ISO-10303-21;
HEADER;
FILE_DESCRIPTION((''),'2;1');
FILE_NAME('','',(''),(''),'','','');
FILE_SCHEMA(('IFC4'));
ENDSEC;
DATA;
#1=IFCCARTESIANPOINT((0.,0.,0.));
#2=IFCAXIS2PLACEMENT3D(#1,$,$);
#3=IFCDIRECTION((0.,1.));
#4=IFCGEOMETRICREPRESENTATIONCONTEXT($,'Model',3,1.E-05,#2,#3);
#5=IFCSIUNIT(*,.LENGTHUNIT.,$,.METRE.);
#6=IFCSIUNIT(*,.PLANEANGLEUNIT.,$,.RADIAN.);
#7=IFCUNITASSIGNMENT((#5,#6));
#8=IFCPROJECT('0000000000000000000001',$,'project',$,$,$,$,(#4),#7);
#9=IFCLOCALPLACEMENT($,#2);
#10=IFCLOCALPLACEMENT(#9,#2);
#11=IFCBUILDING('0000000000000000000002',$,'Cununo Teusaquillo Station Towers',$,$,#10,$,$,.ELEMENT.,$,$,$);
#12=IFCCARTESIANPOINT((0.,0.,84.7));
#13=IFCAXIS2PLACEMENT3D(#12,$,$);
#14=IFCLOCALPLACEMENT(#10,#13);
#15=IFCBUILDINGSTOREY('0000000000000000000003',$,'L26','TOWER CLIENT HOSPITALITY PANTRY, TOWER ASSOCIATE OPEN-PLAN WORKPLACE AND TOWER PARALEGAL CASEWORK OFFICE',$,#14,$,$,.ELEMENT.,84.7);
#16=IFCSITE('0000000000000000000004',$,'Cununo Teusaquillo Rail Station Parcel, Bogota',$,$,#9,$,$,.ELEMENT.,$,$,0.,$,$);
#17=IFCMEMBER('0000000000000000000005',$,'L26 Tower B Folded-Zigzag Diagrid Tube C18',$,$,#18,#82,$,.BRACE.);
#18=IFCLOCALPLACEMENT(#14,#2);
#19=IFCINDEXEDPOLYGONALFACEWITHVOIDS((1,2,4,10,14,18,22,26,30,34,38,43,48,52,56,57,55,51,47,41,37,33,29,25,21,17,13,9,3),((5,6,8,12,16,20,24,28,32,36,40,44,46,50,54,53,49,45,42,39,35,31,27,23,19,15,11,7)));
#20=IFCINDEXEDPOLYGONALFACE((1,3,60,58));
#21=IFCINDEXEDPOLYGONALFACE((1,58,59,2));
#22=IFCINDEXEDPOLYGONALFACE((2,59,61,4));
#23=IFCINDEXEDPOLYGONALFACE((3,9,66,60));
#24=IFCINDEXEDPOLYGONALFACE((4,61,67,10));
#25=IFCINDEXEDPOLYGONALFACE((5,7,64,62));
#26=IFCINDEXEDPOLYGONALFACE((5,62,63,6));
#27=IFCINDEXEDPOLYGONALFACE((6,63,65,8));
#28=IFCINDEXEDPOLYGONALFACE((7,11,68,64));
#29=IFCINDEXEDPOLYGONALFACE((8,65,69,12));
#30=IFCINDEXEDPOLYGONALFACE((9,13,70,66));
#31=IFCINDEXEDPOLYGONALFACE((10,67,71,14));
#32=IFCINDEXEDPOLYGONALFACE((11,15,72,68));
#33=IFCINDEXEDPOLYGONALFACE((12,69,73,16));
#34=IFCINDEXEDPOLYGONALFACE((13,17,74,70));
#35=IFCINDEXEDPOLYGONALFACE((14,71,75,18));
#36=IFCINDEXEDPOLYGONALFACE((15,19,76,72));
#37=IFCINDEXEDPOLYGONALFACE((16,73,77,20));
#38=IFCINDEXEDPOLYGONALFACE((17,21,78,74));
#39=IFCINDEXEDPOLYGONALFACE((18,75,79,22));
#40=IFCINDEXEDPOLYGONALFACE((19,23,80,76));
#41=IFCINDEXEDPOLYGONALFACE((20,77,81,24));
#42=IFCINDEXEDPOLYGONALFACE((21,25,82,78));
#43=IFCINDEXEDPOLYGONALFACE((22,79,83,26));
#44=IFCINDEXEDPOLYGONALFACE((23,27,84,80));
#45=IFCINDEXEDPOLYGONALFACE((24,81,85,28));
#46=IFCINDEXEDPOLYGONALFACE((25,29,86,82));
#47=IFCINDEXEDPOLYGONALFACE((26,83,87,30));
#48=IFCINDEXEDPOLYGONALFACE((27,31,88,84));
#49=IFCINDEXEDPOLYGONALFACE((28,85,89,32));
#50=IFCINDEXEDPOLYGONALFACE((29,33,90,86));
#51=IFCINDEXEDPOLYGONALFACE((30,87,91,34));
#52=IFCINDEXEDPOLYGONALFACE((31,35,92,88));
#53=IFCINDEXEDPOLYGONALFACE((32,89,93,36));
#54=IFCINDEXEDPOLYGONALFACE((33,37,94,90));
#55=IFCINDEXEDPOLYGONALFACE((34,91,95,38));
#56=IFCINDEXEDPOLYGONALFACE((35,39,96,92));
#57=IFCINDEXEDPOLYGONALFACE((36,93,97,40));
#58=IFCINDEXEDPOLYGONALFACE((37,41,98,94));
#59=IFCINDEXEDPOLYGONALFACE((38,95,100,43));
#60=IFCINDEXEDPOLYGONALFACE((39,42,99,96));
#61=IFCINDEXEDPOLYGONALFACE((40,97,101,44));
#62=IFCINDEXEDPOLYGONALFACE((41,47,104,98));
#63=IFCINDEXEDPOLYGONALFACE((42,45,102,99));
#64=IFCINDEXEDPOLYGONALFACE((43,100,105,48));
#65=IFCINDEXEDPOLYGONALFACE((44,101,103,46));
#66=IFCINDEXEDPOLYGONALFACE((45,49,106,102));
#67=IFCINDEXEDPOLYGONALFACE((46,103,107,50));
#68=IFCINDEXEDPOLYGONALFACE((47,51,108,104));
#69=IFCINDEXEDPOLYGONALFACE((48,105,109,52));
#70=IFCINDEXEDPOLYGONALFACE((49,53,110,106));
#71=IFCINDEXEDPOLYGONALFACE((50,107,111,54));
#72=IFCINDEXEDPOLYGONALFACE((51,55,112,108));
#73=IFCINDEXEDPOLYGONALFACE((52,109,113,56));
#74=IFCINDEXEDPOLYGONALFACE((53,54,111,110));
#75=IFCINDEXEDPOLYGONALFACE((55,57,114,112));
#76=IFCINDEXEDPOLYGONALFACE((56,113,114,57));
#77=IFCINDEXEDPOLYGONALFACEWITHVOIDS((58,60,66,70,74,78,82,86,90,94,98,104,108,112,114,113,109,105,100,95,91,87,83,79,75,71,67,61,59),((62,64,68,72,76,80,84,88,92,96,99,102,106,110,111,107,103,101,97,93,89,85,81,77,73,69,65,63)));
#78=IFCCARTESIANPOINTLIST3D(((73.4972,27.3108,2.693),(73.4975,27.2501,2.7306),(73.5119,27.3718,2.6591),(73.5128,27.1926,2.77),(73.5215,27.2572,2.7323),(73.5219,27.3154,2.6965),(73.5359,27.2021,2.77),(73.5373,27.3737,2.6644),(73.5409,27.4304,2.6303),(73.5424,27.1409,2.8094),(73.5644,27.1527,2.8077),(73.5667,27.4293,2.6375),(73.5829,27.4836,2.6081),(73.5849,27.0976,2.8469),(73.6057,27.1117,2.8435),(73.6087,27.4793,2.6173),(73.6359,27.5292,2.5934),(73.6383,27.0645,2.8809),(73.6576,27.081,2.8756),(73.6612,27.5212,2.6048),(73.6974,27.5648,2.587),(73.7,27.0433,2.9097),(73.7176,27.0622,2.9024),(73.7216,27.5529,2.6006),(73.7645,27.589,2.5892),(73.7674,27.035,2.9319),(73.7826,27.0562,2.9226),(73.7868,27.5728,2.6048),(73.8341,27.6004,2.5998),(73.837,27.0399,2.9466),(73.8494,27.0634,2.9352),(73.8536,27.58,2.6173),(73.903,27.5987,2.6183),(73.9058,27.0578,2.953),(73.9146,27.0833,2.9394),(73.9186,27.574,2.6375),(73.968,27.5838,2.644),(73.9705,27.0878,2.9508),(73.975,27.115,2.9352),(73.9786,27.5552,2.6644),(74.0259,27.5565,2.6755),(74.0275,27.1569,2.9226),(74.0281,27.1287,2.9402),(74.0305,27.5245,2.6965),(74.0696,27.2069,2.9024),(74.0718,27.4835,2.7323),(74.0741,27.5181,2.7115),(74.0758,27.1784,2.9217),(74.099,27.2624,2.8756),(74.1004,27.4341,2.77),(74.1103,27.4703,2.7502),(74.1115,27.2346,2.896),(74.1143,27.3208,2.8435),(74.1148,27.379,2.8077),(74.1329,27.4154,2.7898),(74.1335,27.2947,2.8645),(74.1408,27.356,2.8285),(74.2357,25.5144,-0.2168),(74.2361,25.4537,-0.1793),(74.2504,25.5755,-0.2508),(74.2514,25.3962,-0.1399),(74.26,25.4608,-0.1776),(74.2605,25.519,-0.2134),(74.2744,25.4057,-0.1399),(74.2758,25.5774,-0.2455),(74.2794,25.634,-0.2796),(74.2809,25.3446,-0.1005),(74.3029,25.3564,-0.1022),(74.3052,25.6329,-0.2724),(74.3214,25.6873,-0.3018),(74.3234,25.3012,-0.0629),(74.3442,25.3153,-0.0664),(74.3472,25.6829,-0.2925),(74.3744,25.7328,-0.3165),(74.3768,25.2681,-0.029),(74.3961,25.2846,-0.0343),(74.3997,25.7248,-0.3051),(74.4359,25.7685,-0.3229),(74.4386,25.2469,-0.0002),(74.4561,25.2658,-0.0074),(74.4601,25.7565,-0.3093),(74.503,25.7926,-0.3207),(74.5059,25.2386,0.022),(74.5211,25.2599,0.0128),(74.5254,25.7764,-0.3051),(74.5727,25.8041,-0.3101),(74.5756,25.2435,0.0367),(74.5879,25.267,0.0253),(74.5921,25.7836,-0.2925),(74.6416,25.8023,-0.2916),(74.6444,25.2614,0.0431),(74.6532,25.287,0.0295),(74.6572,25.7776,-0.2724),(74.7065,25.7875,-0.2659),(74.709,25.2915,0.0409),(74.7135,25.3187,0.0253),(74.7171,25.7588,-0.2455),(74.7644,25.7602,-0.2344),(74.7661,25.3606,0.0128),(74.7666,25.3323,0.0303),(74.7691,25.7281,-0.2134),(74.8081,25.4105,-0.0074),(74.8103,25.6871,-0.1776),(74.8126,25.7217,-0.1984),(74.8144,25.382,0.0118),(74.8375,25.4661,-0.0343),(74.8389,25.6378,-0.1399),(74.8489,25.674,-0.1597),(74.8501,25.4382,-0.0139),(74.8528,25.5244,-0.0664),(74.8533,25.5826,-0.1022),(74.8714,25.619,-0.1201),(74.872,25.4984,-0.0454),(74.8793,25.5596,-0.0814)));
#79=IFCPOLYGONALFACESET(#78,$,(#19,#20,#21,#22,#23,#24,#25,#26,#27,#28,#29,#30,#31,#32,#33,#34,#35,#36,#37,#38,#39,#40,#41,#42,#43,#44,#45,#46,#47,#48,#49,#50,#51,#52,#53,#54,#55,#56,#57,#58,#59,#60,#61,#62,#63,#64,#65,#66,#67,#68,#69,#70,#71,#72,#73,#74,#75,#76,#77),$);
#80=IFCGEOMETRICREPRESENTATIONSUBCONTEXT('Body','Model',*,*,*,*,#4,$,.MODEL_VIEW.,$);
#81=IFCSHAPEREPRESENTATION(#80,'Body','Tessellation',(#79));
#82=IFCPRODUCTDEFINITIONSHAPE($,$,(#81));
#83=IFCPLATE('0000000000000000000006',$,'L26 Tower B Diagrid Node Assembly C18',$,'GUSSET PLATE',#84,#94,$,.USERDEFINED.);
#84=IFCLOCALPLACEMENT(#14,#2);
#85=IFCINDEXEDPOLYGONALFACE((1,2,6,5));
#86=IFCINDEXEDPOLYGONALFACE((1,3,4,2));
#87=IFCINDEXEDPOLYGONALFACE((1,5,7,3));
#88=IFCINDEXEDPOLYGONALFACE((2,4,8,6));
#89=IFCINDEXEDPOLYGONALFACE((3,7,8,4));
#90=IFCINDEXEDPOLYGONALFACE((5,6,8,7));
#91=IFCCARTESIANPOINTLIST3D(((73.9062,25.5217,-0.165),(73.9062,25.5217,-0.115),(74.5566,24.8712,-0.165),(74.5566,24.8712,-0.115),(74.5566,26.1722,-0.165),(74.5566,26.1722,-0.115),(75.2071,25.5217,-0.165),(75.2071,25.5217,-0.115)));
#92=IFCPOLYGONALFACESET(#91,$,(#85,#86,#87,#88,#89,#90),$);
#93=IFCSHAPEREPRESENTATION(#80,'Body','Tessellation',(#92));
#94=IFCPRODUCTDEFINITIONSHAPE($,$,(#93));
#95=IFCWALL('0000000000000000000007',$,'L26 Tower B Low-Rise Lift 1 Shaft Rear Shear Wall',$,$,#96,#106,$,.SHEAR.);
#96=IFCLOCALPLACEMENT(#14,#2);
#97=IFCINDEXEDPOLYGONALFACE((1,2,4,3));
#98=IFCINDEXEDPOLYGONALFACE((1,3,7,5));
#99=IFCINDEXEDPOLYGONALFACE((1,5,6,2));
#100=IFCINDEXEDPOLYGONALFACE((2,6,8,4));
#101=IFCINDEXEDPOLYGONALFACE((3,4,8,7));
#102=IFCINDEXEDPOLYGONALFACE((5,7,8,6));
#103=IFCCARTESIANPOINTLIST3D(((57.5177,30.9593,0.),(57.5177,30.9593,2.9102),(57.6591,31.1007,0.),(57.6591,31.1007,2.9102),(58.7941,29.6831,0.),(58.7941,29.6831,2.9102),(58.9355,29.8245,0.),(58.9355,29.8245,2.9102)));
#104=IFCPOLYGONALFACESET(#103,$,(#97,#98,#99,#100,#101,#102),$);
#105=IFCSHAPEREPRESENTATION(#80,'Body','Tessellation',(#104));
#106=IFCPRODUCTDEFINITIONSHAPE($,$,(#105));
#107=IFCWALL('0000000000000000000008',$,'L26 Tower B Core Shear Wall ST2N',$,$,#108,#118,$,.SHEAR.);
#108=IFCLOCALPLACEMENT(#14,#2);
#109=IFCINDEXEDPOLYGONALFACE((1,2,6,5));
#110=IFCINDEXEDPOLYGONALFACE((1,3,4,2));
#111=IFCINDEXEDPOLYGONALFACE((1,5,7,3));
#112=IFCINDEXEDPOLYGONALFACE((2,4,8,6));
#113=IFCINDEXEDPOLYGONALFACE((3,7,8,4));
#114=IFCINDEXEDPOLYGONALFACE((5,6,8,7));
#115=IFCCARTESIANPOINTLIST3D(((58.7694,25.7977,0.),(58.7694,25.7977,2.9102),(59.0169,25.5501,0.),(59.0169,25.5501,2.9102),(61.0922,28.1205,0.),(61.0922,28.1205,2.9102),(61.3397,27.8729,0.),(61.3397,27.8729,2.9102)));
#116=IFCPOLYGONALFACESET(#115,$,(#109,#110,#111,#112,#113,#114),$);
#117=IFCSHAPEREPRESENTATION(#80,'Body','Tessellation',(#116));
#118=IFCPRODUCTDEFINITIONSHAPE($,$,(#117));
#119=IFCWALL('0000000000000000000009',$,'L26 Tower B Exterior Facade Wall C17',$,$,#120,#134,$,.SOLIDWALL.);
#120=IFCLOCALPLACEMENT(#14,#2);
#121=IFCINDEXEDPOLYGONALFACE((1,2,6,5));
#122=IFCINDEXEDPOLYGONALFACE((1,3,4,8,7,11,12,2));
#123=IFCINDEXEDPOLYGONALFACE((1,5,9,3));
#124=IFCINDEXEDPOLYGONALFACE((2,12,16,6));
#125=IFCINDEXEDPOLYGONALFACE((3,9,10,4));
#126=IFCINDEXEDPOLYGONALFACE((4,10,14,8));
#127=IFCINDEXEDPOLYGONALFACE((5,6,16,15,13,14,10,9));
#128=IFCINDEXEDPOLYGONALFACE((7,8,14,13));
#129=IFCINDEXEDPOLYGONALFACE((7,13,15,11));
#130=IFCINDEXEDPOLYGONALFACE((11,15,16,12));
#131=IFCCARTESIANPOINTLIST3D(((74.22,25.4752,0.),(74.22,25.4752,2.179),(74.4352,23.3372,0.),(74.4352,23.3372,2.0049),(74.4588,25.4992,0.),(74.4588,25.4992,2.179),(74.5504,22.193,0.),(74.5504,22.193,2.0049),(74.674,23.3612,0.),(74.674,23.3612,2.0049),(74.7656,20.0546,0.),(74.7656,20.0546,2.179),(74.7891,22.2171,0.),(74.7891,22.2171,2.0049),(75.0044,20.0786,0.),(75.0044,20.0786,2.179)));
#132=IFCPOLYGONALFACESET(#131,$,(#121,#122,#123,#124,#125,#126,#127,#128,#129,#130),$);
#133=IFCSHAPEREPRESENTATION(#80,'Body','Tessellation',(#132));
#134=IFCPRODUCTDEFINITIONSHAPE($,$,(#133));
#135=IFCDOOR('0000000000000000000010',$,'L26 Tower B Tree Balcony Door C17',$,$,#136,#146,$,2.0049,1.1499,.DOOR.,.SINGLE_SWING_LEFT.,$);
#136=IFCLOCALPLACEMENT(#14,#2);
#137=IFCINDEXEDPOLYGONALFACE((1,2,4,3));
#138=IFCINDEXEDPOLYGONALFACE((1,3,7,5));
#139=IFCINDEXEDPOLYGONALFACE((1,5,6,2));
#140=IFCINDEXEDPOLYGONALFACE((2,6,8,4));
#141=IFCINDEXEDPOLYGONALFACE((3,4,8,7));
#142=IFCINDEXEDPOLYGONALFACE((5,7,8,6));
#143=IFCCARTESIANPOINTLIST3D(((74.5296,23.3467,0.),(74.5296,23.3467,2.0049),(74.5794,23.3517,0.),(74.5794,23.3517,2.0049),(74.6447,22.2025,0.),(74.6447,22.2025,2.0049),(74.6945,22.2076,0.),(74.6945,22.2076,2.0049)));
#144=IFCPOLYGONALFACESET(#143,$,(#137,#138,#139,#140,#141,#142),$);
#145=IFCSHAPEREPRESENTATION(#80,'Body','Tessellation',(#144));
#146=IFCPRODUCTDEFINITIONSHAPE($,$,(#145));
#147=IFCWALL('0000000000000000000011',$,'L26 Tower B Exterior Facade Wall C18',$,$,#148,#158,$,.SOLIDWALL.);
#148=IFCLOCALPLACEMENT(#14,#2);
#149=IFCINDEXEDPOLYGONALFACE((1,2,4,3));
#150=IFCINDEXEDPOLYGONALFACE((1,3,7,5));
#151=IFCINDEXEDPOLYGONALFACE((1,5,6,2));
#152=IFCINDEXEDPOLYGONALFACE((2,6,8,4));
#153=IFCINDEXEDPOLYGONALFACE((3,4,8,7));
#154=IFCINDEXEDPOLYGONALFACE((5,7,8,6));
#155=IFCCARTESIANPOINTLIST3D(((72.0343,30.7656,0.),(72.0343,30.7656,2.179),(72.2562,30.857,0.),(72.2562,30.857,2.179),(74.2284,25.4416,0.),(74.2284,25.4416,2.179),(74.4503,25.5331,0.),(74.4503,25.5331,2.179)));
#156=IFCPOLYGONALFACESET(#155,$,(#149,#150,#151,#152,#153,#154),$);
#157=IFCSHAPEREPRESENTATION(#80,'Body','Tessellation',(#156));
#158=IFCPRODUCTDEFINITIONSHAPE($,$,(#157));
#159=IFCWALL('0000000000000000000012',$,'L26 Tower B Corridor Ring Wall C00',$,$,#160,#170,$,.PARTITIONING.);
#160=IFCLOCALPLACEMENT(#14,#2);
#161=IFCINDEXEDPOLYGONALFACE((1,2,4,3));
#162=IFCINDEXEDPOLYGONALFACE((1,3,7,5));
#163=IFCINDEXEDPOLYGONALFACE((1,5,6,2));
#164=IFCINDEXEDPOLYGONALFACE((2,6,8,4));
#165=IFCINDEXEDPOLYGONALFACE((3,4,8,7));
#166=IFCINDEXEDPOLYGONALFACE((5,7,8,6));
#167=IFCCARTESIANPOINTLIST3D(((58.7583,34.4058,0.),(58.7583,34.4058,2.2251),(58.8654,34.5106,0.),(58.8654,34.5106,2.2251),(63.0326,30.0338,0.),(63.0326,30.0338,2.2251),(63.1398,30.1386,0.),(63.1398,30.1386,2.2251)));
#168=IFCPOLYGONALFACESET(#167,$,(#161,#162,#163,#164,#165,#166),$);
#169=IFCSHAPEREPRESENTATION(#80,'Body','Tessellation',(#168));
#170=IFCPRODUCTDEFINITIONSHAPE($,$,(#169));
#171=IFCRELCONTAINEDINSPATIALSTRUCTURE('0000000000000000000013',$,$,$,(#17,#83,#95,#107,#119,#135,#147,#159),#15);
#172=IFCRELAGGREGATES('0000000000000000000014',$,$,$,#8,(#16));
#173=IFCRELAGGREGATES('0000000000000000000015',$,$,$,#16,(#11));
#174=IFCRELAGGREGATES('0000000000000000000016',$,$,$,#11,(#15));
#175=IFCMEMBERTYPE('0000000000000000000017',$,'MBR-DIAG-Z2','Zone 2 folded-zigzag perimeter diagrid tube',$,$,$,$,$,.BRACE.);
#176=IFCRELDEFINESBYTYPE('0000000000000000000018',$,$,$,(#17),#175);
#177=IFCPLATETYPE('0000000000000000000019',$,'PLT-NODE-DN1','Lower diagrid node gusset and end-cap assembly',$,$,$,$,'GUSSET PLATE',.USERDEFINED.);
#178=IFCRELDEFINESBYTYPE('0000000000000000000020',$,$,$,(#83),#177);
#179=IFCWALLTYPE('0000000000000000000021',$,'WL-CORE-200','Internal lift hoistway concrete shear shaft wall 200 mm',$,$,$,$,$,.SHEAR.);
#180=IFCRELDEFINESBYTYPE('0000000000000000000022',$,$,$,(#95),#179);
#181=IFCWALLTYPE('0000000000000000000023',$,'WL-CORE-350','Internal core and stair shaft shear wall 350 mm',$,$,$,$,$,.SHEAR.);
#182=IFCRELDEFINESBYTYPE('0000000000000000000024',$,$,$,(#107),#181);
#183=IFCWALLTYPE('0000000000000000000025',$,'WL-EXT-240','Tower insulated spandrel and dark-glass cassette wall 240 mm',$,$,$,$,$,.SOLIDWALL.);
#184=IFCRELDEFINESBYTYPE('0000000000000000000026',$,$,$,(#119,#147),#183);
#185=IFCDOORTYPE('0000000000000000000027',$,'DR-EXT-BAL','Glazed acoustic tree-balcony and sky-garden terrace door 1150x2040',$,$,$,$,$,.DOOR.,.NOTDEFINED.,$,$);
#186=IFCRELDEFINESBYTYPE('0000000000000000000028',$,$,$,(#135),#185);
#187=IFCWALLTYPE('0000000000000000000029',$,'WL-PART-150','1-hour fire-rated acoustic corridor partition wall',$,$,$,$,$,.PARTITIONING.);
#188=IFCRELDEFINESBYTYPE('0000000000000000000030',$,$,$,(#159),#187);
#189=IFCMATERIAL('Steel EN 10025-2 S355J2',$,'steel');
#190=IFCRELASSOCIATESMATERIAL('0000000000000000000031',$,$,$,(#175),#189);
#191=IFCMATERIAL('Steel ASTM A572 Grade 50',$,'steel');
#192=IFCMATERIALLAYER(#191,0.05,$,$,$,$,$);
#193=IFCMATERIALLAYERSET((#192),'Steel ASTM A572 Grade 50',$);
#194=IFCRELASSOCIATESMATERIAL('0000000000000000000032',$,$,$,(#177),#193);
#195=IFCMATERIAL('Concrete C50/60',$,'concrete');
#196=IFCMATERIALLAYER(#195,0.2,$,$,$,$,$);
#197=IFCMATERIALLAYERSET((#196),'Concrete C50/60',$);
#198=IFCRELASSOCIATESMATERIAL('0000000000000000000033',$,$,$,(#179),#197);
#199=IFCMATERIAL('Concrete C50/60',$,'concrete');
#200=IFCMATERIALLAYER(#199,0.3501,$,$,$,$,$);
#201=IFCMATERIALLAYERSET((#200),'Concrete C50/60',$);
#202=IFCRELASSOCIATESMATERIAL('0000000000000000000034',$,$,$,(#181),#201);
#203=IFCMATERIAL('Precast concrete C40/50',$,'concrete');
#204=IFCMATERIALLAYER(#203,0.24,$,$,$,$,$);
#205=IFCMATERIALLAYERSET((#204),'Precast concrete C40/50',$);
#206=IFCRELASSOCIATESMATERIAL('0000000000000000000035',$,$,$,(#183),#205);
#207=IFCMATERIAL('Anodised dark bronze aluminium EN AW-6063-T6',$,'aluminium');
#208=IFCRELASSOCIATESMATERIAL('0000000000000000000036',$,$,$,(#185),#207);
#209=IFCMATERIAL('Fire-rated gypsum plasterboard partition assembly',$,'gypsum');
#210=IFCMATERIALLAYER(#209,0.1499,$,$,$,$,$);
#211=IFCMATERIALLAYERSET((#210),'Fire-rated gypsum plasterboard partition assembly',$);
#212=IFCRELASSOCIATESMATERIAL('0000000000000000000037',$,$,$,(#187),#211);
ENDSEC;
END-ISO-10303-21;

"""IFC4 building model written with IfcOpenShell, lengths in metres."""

from ifc_helpers import new_model, si_unit, direction, frame, frame_2d, origin, origin_2d, place, context, subcontext, project, spatial, rectangle, hollow_circle, extrude, source, transform, mapped, material, layer, layer_set, material_profile, profile_set, type_object, element, fill, save


model = new_model("IFC4")

# Units and contexts
model_context = context("Model", 3, precision=1e-05, world=origin(), true_north=direction((0.0, 1.0)))
body_context = subcontext(model_context, "Body", "Model", "MODEL_VIEW")
ifc_project = project(units=[si_unit("LENGTHUNIT", "METRE"), si_unit("PLANEANGLEUNIT", "RADIAN")], contexts=[model_context])

# Site, building, storey
site_placement = place(None, origin())
site = spatial("IfcSite", under=ifc_project, at=site_placement, Name="Cununo Teusaquillo Rail Station Parcel, Bogota", CompositionType="ELEMENT", RefElevation=0.0)
building_placement = place(site_placement, origin())
building = spatial("IfcBuilding", under=site, at=building_placement, Name="Cununo Teusaquillo Station Towers", CompositionType="ELEMENT")
storey_placement = place(building_placement, frame((0.0, 0.0, 84.7)))
storey = spatial("IfcBuildingStorey", under=building, at=storey_placement, Name="L26", Description="TOWER CLIENT HOSPITALITY PANTRY, TOWER ASSOCIATE OPEN-PLAN WORKPLACE AND TOWER PARALEGAL CASEWORK OFFICE", CompositionType="ELEMENT", Elevation=84.7)

# Member
ifc_material_1 = material(Name="Steel EN 10025-2 S355J2", Category="steel")
ifc_material_profile_1 = material_profile(ifc_material_1, hollow_circle(Radius=0.3301, WallThickness=0.0249, at=origin_2d()), Name="CHS 660x25")
ifc_profile_set_1 = profile_set([ifc_material_profile_1], Name="Steel EN 10025-2 S355J2")
member_type = type_object("IfcMemberType", Name="MBR-DIAG-Z2", Description="Zone 2 folded-zigzag perimeter diagrid tube", PredefinedType="BRACE", material=ifc_profile_set_1)
member_placement = place(storey_placement, frame((74.5566, 25.5217, -0.1399), z_axis=(-0.211093, 0.513463, 0.831743), x_axis=(-0.924889, -0.380238, 0.0)))
element("IfcMember", 1, at=member_placement, inside=storey, type_object=member_type, Name="L26 Tower B Folded-Zigzag Diagrid Tube C18", PredefinedType="BRACE", context=body_context, shape_type="SweptSolid", body=[
    extrude(hollow_circle(Radius=0.3301, WallThickness=0.0249, at=origin_2d()), origin(), (0.0, 0.0, 1.0), 3.4985),
])

# Plate
ifc_material_2 = material(Name="Steel ASTM A572 Grade 50", Category="steel")
ifc_layer_1 = layer(ifc_material_2, 0.05)
ifc_layer_set_1 = layer_set([ifc_layer_1], Name="Steel ASTM A572 Grade 50")
plate_type = type_object("IfcPlateType", Name="PLT-NODE-DN1", Description="Lower diagrid node gusset and end-cap assembly", ElementType="GUSSET PLATE", PredefinedType="USERDEFINED", material=ifc_layer_set_1)
shared_shape_1 = source(origin(), body_context, "Body", "SweptSolid", [
    extrude(rectangle(XDim=0.9199, YDim=0.9199, at=origin_2d()), origin(), (0.0, 0.0, 1.0), 0.05),
])
plate_placement = place(storey_placement, frame((74.5566, 25.5217, -0.165), z_axis=(0.0, 0.0, 1.0), x_axis=(0.707107, 0.707107, 0.0)))
element("IfcPlate", 2, at=plate_placement, inside=storey, type_object=plate_type, Name="L26 Tower B Diagrid Node Assembly C18", ObjectType="GUSSET PLATE", PredefinedType="USERDEFINED", context=body_context, shape_type="MappedRepresentation", body=[
    mapped(shared_shape_1, transform((0.0, 0.0, 0.0), x_axis=(1.0, 0.0, 0.0), y_axis=(0.0, 1.0, 0.0), z_axis=(0.0, 0.0, 1.0), scale=1.0)),
])

# Walls
ifc_material_3 = material(Name="Concrete C50/60", Category="concrete")
ifc_layer_2 = layer(ifc_material_3, 0.2)
ifc_layer_set_2 = layer_set([ifc_layer_2], Name="Concrete C50/60")
wall_type_1 = type_object("IfcWallType", Name="WL-CORE-200", Description="Internal lift hoistway concrete shear shaft wall 200 mm", PredefinedType="SHEAR", material=ifc_layer_set_2)
wall_1_placement = place(storey_placement, frame((58.8647, 29.7539, 0.0), z_axis=(0.0, 0.0, 1.0), x_axis=(-0.707174, 0.707039, 0.0)))
element("IfcWall", 3, at=wall_1_placement, inside=storey, type_object=wall_type_1, Name="L26 Tower B Low-Rise Lift 1 Shaft Rear Shear Wall", PredefinedType="SHEAR", context=body_context, shape_type="SweptSolid", body=[
    extrude(rectangle(XDim=1.8049, YDim=0.2, at=frame_2d((0.9023, 0.0))), origin(), (0.0, 0.0, 1.0), 2.9102),
])
ifc_material_4 = material(Name="Concrete C50/60", Category="concrete")
ifc_layer_3 = layer(ifc_material_4, 0.3501)
ifc_layer_set_3 = layer_set([ifc_layer_3], Name="Concrete C50/60")
wall_type_2 = type_object("IfcWallType", Name="WL-CORE-350", Description="Internal core and stair shaft shear wall 350 mm", PredefinedType="SHEAR", material=ifc_layer_set_3)
wall_2_placement = place(storey_placement, frame((58.8931, 25.6738, 0.0), z_axis=(0.0, 0.0, 1.0), x_axis=(0.707107, 0.707107, 0.0)))
element("IfcWall", 4, at=wall_2_placement, inside=storey, type_object=wall_type_2, Name="L26 Tower B Core Shear Wall ST2N", PredefinedType="SHEAR", context=body_context, shape_type="SweptSolid", body=[
    extrude(rectangle(XDim=3.2849, YDim=0.3501, at=frame_2d((1.6426, 0.0))), origin(), (0.0, 0.0, 1.0), 2.9102),
])

# Wall, opening, door
ifc_material_5 = material(Name="Precast concrete C40/50", Category="concrete")
ifc_layer_4 = layer(ifc_material_5, 0.24)
ifc_layer_set_4 = layer_set([ifc_layer_4], Name="Precast concrete C40/50")
wall_type_3 = type_object("IfcWallType", Name="WL-EXT-240", Description="Tower insulated spandrel and dark-glass cassette wall 240 mm", PredefinedType="SOLIDWALL", material=ifc_layer_set_4)
wall_3_placement = place(storey_placement, frame((74.3394, 25.4873, 0.0), z_axis=(0.0, 0.0, 1.0), x_axis=(0.100156, -0.994972, 0.0)))
wall_3 = element("IfcWall", 5, at=wall_3_placement, inside=storey, type_object=wall_type_3, Name="L26 Tower B Exterior Facade Wall C17", PredefinedType="SOLIDWALL", context=body_context, shape_type="SweptSolid", body=[
    extrude(rectangle(XDim=5.448, YDim=0.24, at=frame_2d((2.7241, 0.0))), origin(), (0.0, 0.0, 1.0), 2.179),
])
shared_shape_2 = source(origin(), body_context, "Body", "SweptSolid", [
    extrude(rectangle(XDim=1.1499, YDim=2.0049, at=frame_2d((0.575, 1.0024))), frame((0.0, 0.1299, 0.0), z_axis=(0.0, -1.0, 0.0), x_axis=(1.0, 0.0, 0.0)), (0.0, 0.0, 1.0), 0.26),
])
opening_1_placement = place(wall_3_placement, frame((2.1489, 0.0, 0.0)))
opening_1 = element("IfcOpeningElement", 6, at=opening_1_placement, cuts=wall_3, PredefinedType="OPENING", context=body_context, shape_type="MappedRepresentation", body=[
    mapped(shared_shape_2, transform((0.0, 0.0, 0.0), x_axis=(1.0, 0.0, 0.0), y_axis=(0.0, 1.0, 0.0), z_axis=(0.0, 0.0, 1.0), scale=1.0)),
])
ifc_material_6 = material(Name="Anodised dark bronze aluminium EN AW-6063-T6", Category="aluminium")
door_type_1 = type_object("IfcDoorType", Name="DR-EXT-BAL", Description="Glazed acoustic tree-balcony and sky-garden terrace door 1150x2040", OperationType="NOTDEFINED", PredefinedType="DOOR", material=ifc_material_6)
shared_shape_3 = source(origin(), body_context, "Body", "SweptSolid", [
    extrude(rectangle(XDim=1.1499, YDim=2.0049, at=frame_2d((0.575, 1.0024))), frame((0.0, 0.0249, 0.0), z_axis=(0.0, -1.0, 0.0), x_axis=(1.0, 0.0, 0.0)), (0.0, 0.0, 1.0), 0.05),
])
door_1_placement = place(opening_1_placement, origin())
door_1 = element("IfcDoor", 7, at=door_1_placement, inside=storey, type_object=door_type_1, Name="L26 Tower B Tree Balcony Door C17", OperationType="SINGLE_SWING_LEFT", OverallHeight=2.0049, OverallWidth=1.1499, PredefinedType="DOOR", context=body_context, shape_type="MappedRepresentation", body=[
    mapped(shared_shape_3, transform((0.0, 0.0, 0.0), x_axis=(1.0, 0.0, 0.0), y_axis=(0.0, 1.0, 0.0), z_axis=(0.0, 0.0, 1.0), scale=1.0)),
])
fill(opening_1, door_1)

# Walls
wall_4_placement = place(storey_placement, frame((72.1453, 30.8113, 0.0), z_axis=(0.0, 0.0, 1.0), x_axis=(0.381027, -0.924564, 0.0)))
element("IfcWall", 8, at=wall_4_placement, inside=storey, type_object=wall_type_3, Name="L26 Tower B Exterior Facade Wall C18", PredefinedType="SOLIDWALL", context=body_context, shape_type="SweptSolid", body=[
    extrude(rectangle(XDim=5.7583, YDim=0.24, at=frame_2d((2.8792, 0.0))), origin(), (0.0, 0.0, 1.0), 2.179),
])
ifc_material_7 = material(Name="Fire-rated gypsum plasterboard partition assembly", Category="gypsum")
ifc_layer_5 = layer(ifc_material_7, 0.1499)
ifc_layer_set_5 = layer_set([ifc_layer_5], Name="Fire-rated gypsum plasterboard partition assembly")
wall_type_4 = type_object("IfcWallType", Name="WL-PART-150", Description="1-hour fire-rated acoustic corridor partition wall", PredefinedType="PARTITIONING", material=ifc_layer_set_5)
wall_5_placement = place(storey_placement, frame((63.0862, 30.0862, 0.0), z_axis=(0.0, 0.0, 1.0), x_axis=(-0.699076, 0.715047, 0.0)))
element("IfcWall", 9, at=wall_5_placement, inside=storey, type_object=wall_type_4, Name="L26 Tower B Corridor Ring Wall C00", PredefinedType="PARTITIONING", context=body_context, shape_type="SweptSolid", body=[
    extrude(rectangle(XDim=6.1143, YDim=0.1499, at=frame_2d((3.0571, 0.0))), origin(), (0.0, 0.0, 1.0), 2.2251),
])

save(model, "model.ifc")
